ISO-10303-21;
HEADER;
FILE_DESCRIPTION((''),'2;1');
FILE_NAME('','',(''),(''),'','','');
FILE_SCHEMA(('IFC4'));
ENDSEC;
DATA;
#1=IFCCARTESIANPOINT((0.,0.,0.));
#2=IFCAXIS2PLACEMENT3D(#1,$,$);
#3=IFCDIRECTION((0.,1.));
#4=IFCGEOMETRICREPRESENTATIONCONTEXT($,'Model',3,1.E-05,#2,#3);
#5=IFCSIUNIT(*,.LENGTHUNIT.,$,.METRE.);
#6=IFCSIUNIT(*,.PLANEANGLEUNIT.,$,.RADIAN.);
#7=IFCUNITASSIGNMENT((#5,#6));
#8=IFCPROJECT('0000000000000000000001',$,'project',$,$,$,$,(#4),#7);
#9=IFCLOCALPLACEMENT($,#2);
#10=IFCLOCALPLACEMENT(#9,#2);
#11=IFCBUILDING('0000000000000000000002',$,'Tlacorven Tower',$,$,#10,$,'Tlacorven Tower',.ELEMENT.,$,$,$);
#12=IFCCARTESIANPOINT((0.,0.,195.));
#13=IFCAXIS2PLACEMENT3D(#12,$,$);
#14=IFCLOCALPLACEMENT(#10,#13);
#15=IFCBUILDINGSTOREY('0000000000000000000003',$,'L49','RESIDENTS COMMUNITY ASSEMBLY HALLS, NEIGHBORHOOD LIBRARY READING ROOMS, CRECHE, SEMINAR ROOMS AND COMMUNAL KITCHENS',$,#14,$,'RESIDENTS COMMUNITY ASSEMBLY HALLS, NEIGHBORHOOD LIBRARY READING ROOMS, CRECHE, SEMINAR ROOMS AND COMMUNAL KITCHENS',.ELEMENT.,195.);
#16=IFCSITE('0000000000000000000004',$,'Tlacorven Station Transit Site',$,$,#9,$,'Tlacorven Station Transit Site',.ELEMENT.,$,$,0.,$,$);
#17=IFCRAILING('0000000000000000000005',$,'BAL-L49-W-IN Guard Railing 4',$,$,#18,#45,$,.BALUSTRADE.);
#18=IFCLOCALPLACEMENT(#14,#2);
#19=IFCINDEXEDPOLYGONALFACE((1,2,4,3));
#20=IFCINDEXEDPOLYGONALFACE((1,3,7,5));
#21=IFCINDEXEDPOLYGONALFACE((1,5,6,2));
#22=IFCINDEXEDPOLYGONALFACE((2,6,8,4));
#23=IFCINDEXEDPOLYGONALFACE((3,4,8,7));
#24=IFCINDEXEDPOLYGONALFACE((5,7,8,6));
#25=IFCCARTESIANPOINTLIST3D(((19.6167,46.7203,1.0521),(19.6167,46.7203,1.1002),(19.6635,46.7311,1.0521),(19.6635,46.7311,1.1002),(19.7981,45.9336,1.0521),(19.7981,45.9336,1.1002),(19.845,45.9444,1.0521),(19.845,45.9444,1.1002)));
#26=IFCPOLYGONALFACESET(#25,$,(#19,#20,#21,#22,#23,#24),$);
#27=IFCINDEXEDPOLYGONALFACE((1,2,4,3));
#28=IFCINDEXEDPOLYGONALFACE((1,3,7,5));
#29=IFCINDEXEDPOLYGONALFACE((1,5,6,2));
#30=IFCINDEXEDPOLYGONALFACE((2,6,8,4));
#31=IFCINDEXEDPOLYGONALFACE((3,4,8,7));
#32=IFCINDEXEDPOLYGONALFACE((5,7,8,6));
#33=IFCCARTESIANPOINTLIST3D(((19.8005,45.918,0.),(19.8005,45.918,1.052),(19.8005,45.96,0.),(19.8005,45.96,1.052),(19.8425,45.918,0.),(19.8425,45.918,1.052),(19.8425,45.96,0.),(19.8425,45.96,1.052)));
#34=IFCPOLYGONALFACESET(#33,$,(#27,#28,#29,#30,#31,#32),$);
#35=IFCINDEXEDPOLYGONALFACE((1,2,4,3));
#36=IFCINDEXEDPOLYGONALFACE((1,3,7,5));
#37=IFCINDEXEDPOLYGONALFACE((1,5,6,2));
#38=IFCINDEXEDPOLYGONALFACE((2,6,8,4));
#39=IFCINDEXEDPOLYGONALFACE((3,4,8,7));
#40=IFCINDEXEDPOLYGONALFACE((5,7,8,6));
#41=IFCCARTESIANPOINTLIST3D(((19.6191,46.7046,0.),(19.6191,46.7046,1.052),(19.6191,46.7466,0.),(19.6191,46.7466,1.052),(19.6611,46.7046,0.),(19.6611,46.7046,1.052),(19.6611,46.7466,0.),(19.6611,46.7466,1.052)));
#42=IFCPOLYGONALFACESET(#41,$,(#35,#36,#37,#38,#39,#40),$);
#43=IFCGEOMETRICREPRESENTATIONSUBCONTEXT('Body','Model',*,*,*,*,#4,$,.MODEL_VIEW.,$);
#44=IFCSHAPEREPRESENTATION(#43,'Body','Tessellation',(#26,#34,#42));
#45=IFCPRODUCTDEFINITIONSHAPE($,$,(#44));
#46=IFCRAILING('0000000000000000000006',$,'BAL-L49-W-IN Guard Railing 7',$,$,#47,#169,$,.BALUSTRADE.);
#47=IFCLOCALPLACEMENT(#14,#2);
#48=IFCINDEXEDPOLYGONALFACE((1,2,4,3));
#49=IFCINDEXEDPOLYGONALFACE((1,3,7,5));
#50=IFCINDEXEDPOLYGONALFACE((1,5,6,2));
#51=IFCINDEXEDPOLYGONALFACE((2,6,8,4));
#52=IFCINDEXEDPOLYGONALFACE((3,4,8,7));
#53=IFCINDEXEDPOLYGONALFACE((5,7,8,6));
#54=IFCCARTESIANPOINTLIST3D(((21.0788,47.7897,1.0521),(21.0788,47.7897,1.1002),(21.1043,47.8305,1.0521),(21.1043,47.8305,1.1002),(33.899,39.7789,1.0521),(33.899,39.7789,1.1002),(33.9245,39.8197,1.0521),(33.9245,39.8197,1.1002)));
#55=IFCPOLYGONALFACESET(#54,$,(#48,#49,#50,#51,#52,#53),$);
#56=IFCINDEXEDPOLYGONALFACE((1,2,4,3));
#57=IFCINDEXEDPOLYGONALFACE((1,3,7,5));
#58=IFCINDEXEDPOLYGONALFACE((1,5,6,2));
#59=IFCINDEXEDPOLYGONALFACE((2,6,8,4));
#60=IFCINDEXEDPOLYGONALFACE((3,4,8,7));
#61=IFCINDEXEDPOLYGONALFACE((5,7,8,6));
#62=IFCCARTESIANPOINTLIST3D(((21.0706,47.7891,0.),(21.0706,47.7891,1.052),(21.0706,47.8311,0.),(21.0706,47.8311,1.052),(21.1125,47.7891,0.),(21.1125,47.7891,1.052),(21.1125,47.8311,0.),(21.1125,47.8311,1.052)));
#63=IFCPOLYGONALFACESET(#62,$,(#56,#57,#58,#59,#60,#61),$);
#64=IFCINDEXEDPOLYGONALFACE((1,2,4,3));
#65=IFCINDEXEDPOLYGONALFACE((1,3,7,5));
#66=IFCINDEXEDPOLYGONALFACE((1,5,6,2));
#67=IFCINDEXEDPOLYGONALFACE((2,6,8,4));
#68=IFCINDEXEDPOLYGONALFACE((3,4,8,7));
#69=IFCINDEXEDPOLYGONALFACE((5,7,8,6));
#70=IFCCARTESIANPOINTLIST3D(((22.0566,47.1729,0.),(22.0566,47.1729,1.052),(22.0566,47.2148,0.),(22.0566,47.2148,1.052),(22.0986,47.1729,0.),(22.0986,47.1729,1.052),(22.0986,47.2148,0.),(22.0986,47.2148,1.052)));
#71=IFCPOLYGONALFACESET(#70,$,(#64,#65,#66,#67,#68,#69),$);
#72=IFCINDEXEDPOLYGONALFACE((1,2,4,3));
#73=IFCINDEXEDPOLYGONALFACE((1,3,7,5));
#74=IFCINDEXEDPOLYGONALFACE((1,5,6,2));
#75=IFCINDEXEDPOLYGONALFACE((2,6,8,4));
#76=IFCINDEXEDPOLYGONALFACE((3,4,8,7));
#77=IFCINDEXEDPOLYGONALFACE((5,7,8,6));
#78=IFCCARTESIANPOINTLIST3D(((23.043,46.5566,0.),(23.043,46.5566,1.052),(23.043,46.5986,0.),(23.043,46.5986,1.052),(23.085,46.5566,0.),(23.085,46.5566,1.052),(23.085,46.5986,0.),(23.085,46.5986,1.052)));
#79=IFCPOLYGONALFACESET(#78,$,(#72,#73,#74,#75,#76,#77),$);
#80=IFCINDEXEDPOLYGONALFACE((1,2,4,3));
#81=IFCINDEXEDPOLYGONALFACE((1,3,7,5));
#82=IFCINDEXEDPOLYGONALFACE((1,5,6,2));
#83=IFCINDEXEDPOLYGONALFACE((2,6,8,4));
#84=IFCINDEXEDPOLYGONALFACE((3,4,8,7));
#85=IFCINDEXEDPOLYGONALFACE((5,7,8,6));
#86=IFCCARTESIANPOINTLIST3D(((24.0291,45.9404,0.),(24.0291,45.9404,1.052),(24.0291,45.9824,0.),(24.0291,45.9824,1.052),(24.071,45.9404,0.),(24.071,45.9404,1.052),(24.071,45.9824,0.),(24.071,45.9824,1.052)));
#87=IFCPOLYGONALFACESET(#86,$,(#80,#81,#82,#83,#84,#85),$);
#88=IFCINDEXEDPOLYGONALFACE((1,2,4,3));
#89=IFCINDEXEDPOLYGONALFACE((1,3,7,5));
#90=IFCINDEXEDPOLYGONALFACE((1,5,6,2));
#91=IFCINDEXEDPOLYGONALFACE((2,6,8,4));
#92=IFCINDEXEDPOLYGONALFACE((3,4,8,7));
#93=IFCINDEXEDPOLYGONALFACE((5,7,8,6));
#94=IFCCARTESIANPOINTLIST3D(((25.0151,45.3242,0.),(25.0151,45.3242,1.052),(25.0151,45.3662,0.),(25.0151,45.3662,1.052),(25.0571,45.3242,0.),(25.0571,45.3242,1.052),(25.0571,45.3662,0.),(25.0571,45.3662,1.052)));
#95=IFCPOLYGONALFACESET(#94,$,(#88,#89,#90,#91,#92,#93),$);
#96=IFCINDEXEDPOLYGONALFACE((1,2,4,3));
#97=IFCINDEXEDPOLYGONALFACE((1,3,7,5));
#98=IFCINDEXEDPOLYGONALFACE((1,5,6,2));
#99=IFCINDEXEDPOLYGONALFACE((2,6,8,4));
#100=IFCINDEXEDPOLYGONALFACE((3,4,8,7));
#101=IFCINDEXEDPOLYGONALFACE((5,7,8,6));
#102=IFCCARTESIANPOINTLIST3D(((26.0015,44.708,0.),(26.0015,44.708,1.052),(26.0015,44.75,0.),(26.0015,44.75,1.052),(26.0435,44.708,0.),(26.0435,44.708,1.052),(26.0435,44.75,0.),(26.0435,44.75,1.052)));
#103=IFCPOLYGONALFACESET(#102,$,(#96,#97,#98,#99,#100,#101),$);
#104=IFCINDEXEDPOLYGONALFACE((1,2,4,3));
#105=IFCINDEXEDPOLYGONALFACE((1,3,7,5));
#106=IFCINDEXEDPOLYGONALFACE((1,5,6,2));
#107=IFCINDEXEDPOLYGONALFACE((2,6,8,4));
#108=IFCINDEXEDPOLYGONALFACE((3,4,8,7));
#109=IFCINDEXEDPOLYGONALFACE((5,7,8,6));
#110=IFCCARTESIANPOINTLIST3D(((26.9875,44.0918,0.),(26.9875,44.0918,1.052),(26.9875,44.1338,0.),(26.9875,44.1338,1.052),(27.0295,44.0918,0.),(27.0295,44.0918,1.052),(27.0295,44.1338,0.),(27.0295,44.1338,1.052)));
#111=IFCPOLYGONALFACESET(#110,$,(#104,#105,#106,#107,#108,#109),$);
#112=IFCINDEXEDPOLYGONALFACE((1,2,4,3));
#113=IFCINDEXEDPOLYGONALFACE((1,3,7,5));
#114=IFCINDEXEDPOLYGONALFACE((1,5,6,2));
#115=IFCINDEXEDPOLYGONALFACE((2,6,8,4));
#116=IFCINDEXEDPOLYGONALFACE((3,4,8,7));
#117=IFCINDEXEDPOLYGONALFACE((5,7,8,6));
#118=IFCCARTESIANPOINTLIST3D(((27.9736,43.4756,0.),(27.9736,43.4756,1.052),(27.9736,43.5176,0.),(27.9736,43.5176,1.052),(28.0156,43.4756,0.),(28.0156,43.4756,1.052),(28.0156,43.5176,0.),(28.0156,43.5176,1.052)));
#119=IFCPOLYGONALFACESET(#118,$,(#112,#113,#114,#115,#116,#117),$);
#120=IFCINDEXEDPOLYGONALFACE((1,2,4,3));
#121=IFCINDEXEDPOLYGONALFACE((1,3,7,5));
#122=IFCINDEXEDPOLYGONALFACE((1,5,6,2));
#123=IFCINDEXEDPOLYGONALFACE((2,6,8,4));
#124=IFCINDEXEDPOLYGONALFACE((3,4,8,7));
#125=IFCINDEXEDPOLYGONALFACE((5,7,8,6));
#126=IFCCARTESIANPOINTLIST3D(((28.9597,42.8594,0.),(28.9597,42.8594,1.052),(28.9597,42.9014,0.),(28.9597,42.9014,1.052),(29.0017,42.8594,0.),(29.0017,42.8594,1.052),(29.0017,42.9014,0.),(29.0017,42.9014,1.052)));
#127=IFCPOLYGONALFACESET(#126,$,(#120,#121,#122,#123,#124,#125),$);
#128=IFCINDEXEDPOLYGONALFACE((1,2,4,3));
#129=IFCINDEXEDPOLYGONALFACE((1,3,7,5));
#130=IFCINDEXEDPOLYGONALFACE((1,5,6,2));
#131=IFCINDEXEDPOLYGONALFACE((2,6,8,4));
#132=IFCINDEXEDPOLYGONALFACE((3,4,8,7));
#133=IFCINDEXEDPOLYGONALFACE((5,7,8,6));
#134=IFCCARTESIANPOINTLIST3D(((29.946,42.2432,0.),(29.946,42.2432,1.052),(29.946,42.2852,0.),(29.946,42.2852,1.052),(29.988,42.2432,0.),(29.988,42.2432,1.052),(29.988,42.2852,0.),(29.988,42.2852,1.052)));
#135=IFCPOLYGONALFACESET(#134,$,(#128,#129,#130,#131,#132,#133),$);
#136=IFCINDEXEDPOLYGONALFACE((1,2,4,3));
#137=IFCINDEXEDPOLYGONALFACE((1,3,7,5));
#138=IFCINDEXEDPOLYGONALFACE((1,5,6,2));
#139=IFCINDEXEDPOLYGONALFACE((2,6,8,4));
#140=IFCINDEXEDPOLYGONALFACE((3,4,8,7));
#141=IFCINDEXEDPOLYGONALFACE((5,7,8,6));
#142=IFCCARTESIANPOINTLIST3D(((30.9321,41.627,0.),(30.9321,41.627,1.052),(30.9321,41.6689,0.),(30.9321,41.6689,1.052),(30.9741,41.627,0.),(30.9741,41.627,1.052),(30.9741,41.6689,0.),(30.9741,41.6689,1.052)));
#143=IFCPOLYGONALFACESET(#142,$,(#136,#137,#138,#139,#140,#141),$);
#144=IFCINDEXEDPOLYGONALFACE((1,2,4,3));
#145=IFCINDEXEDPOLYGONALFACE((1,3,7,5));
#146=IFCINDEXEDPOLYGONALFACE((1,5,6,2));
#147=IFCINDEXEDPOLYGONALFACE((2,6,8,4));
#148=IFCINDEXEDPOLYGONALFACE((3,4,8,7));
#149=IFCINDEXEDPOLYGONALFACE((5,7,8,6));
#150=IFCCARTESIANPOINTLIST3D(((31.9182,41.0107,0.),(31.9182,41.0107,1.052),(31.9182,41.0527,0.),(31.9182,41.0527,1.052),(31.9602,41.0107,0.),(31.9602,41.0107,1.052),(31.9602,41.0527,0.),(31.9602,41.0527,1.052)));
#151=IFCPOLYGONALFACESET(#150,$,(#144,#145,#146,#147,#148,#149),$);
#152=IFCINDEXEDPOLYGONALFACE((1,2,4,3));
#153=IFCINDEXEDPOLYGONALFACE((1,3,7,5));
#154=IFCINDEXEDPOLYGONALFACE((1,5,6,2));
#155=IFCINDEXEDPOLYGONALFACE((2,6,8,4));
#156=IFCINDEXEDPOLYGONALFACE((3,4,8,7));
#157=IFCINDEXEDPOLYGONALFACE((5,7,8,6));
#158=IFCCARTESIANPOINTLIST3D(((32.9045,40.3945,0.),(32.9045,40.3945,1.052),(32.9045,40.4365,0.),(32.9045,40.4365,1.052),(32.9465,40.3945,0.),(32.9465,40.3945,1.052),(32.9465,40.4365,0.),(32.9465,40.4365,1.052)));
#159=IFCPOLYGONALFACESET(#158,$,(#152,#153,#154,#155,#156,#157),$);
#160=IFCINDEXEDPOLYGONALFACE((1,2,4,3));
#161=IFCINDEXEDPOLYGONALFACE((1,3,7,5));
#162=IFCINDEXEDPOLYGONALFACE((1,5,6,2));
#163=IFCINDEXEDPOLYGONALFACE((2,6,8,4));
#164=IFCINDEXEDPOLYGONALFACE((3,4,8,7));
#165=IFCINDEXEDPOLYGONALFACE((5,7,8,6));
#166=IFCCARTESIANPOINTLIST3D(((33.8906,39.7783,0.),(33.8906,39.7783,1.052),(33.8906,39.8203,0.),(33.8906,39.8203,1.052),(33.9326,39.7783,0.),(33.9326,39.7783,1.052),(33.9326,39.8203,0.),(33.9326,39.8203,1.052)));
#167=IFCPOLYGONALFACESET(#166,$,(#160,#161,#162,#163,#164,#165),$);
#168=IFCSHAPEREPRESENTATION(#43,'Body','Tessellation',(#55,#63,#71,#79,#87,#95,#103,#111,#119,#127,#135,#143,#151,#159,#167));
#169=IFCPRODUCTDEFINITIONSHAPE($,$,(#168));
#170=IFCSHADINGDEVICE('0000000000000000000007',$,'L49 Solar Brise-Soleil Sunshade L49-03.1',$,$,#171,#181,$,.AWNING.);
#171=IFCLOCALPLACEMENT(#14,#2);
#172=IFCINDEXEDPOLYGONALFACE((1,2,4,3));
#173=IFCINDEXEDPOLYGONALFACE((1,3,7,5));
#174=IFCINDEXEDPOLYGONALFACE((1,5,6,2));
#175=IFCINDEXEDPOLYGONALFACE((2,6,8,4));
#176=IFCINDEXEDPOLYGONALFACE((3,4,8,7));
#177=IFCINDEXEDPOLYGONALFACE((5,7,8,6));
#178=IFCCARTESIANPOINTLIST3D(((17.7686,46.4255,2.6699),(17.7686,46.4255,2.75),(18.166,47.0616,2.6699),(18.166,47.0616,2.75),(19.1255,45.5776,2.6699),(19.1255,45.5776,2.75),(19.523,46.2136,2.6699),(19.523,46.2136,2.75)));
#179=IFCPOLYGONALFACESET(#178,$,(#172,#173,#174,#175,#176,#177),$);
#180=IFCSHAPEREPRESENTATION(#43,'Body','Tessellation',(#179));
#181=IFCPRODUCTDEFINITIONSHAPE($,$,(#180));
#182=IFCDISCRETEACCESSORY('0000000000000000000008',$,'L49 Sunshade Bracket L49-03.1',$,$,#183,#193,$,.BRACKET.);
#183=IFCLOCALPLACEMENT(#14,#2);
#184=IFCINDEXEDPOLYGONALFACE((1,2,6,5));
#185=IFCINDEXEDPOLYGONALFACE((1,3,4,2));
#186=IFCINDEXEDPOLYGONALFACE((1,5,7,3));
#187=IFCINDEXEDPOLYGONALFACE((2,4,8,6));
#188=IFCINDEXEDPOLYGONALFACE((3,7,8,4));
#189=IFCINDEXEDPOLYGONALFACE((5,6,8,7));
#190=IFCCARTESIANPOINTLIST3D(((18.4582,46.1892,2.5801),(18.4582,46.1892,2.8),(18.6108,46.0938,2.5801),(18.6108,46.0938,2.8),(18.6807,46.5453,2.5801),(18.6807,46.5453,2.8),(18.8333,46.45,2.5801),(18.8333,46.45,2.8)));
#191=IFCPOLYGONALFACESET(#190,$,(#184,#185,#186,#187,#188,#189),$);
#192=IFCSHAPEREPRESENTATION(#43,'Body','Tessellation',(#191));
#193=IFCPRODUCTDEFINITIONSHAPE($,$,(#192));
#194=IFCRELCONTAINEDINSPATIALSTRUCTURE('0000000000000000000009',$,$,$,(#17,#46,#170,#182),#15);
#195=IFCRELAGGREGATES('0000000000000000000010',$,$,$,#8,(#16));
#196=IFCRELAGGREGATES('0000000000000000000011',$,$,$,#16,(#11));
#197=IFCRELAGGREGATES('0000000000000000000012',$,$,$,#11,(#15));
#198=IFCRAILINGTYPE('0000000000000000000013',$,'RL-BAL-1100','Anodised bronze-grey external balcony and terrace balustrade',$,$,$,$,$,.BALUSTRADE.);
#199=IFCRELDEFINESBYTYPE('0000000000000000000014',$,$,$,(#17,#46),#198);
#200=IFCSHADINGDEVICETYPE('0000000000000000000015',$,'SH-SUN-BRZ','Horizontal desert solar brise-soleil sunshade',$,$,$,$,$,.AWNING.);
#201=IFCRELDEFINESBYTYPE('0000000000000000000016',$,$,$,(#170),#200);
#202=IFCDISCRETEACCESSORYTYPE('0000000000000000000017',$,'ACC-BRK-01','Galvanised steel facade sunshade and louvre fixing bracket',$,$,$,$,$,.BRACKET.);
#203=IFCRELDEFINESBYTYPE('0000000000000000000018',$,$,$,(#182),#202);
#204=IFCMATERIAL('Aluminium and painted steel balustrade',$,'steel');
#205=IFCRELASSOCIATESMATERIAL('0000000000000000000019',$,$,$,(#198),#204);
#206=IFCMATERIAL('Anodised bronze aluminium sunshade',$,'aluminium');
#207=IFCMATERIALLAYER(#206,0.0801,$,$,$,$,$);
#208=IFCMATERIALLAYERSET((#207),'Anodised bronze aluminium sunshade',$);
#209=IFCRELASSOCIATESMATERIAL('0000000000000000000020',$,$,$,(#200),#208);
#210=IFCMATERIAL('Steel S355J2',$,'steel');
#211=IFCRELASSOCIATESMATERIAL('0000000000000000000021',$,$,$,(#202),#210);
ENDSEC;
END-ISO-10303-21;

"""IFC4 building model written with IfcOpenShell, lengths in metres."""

from ifc_helpers import new_model, si_unit, direction, frame, origin, origin_2d, place, context, subcontext, project, spatial, rectangle, extrude, source, transform, mapped, material, layer, layer_set, type_object, element, save


model = new_model("IFC4")

# Units and contexts
model_context = context("Model", 3, precision=1e-05, world=origin(), true_north=direction((0.0, 1.0)))
body_context = subcontext(model_context, "Body", "Model", "MODEL_VIEW")
ifc_project = project(units=[si_unit("LENGTHUNIT", "METRE"), si_unit("PLANEANGLEUNIT", "RADIAN")], contexts=[model_context])

# Site, building, storey
site_placement = place(None, origin())
site = spatial("IfcSite", under=ifc_project, at=site_placement, Name="Tlacorven Station Transit Site", LongName="Tlacorven Station Transit Site", CompositionType="ELEMENT", RefElevation=0.0)
building_placement = place(site_placement, origin())
building = spatial("IfcBuilding", under=site, at=building_placement, Name="Tlacorven Tower", LongName="Tlacorven Tower", CompositionType="ELEMENT")
storey_placement = place(building_placement, frame((0.0, 0.0, 195.0)))
storey = spatial("IfcBuildingStorey", under=building, at=storey_placement, Name="L49", Description="RESIDENTS COMMUNITY ASSEMBLY HALLS, NEIGHBORHOOD LIBRARY READING ROOMS, CRECHE, SEMINAR ROOMS AND COMMUNAL KITCHENS", LongName="RESIDENTS COMMUNITY ASSEMBLY HALLS, NEIGHBORHOOD LIBRARY READING ROOMS, CRECHE, SEMINAR ROOMS AND COMMUNAL KITCHENS", CompositionType="ELEMENT", Elevation=195.0)

# Shared definitions
ifc_material_1 = material(Name="Steel S355J2", Category="steel")

# Railings
ifc_material_2 = material(Name="Aluminium and painted steel balustrade", Category="steel")
railing_type = type_object("IfcRailingType", Name="RL-BAL-1100", Description="Anodised bronze-grey external balcony and terrace balustrade", PredefinedType="BALUSTRADE", material=ifc_material_2)
shared_shape_1 = source(origin(), body_context, "Body", "SweptSolid", [
    extrude(rectangle(XDim=0.0481, YDim=0.0481, at=origin_2d()), frame((0.0, 0.0, 1.0762), z_axis=(-0.224705, 0.974427, 0.0), x_axis=(-0.974427, -0.224705, 0.0)), (0.0, 0.0, 1.0), 0.8074),
    extrude(rectangle(XDim=0.042, YDim=0.042, at=origin_2d()), origin(), (0.0, 0.0, 1.0), 1.052),
    extrude(rectangle(XDim=0.042, YDim=0.042, at=origin_2d()), frame((-0.1814, 0.7866, 0.0)), (0.0, 0.0, 1.0), 1.052),
])
railing_1_placement = place(storey_placement, frame((19.8215, 45.939, 0.0)))
element("IfcRailing", 1, at=railing_1_placement, inside=storey, type_object=railing_type, Name="BAL-L49-W-IN Guard Railing 4", PredefinedType="BALUSTRADE", context=body_context, shape_type="MappedRepresentation", body=[
    mapped(shared_shape_1, transform((0.0, 0.0, 0.0), scale=1.0)),
])
shared_shape_2 = source(origin(), body_context, "Body", "SweptSolid", [
    extrude(rectangle(XDim=0.0481, YDim=0.0481, at=origin_2d()), frame((0.0, 0.0, 1.0762), z_axis=(0.848052, -0.529913, 0.0), x_axis=(0.529913, 0.848052, 0.0)), (0.0, 0.0, 1.0), 15.1172),
    extrude(rectangle(XDim=0.042, YDim=0.042, at=origin_2d()), origin(), (0.0, 0.0, 1.0), 1.052),
    extrude(rectangle(XDim=0.042, YDim=0.042, at=origin_2d()), frame((0.9861, -0.6162, 0.0)), (0.0, 0.0, 1.0), 1.052),
    extrude(rectangle(XDim=0.042, YDim=0.042, at=origin_2d()), frame((1.9724, -1.2324, 0.0)), (0.0, 0.0, 1.0), 1.052),
    extrude(rectangle(XDim=0.042, YDim=0.042, at=origin_2d()), frame((2.9585, -1.8486, 0.0)), (0.0, 0.0, 1.0), 1.052),
    extrude(rectangle(XDim=0.042, YDim=0.042, at=origin_2d()), frame((3.9446, -2.4648, 0.0)), (0.0, 0.0, 1.0), 1.052),
    extrude(rectangle(XDim=0.042, YDim=0.042, at=origin_2d()), frame((4.9309, -3.0811, 0.0)), (0.0, 0.0, 1.0), 1.052),
    extrude(rectangle(XDim=0.042, YDim=0.042, at=origin_2d()), frame((5.917, -3.6973, 0.0)), (0.0, 0.0, 1.0), 1.052),
    extrude(rectangle(XDim=0.042, YDim=0.042, at=origin_2d()), frame((6.9031, -4.3135, 0.0)), (0.0, 0.0, 1.0), 1.052),
    extrude(rectangle(XDim=0.042, YDim=0.042, at=origin_2d()), frame((7.8892, -4.9297, 0.0)), (0.0, 0.0, 1.0), 1.052),
    extrude(rectangle(XDim=0.042, YDim=0.042, at=origin_2d()), frame((8.8755, -5.5459, 0.0)), (0.0, 0.0, 1.0), 1.052),
    extrude(rectangle(XDim=0.042, YDim=0.042, at=origin_2d()), frame((9.8616, -6.1621, 0.0)), (0.0, 0.0, 1.0), 1.052),
    extrude(rectangle(XDim=0.042, YDim=0.042, at=origin_2d()), frame((10.8477, -6.7783, 0.0)), (0.0, 0.0, 1.0), 1.052),
    extrude(rectangle(XDim=0.042, YDim=0.042, at=origin_2d()), frame((11.834, -7.3945, 0.0)), (0.0, 0.0, 1.0), 1.052),
    extrude(rectangle(XDim=0.042, YDim=0.042, at=origin_2d()), frame((12.8201, -8.0107, 0.0)), (0.0, 0.0, 1.0), 1.052),
])
railing_2_placement = place(storey_placement, frame((21.0916, 47.8101, 0.0)))
element("IfcRailing", 2, at=railing_2_placement, inside=storey, type_object=railing_type, Name="BAL-L49-W-IN Guard Railing 7", PredefinedType="BALUSTRADE", context=body_context, shape_type="MappedRepresentation", body=[
    mapped(shared_shape_2, transform((0.0, 0.0, 0.0), scale=1.0)),
])

# Shading device
ifc_material_3 = material(Name="Anodised bronze aluminium sunshade", Category="aluminium")
ifc_layer_1 = layer(ifc_material_3, 0.0801)
ifc_layer_set_1 = layer_set([ifc_layer_1], Name="Anodised bronze aluminium sunshade")
shading_device_type = type_object("IfcShadingDeviceType", Name="SH-SUN-BRZ", Description="Horizontal desert solar brise-soleil sunshade", PredefinedType="AWNING", material=ifc_layer_set_1)
shared_shape_3 = source(origin(), body_context, "Body", "SweptSolid", [
    extrude(rectangle(XDim=1.6001, YDim=0.75, at=origin_2d()), origin(), (0.0, 0.0, 1.0), 0.0801),
])
shading_device_placement = place(storey_placement, frame((18.6458, 46.3196, 2.6699), z_axis=(0.0, 0.0, 1.0), x_axis=(0.848048, -0.529919, 0.0)))
element("IfcShadingDevice", 3, at=shading_device_placement, inside=storey, type_object=shading_device_type, Name="L49 Solar Brise-Soleil Sunshade L49-03.1", PredefinedType="AWNING", context=body_context, shape_type="MappedRepresentation", body=[
    mapped(shared_shape_3, transform((0.0, 0.0, 0.0), scale=1.0)),
])

# Discrete accessory
discrete_accessory_type = type_object("IfcDiscreteAccessoryType", Name="ACC-BRK-01", Description="Galvanised steel facade sunshade and louvre fixing bracket", PredefinedType="BRACKET", material=ifc_material_1)
shared_shape_4 = source(origin(), body_context, "Body", "SweptSolid", [
    extrude(rectangle(XDim=0.1799, YDim=0.4199, at=origin_2d()), origin(), (0.0, 0.0, 1.0), 0.22),
])
discrete_accessory_placement = place(storey_placement, frame((18.6458, 46.3196, 2.5801), z_axis=(0.0, 0.0, 1.0), x_axis=(0.848048, -0.529919, 0.0)))
element("IfcDiscreteAccessory", 4, at=discrete_accessory_placement, inside=storey, type_object=discrete_accessory_type, Name="L49 Sunshade Bracket L49-03.1", PredefinedType="BRACKET", context=body_context, shape_type="MappedRepresentation", body=[
    mapped(shared_shape_4, transform((0.0, 0.0, 0.0), scale=1.0)),
])

save(model, "model.ifc")
